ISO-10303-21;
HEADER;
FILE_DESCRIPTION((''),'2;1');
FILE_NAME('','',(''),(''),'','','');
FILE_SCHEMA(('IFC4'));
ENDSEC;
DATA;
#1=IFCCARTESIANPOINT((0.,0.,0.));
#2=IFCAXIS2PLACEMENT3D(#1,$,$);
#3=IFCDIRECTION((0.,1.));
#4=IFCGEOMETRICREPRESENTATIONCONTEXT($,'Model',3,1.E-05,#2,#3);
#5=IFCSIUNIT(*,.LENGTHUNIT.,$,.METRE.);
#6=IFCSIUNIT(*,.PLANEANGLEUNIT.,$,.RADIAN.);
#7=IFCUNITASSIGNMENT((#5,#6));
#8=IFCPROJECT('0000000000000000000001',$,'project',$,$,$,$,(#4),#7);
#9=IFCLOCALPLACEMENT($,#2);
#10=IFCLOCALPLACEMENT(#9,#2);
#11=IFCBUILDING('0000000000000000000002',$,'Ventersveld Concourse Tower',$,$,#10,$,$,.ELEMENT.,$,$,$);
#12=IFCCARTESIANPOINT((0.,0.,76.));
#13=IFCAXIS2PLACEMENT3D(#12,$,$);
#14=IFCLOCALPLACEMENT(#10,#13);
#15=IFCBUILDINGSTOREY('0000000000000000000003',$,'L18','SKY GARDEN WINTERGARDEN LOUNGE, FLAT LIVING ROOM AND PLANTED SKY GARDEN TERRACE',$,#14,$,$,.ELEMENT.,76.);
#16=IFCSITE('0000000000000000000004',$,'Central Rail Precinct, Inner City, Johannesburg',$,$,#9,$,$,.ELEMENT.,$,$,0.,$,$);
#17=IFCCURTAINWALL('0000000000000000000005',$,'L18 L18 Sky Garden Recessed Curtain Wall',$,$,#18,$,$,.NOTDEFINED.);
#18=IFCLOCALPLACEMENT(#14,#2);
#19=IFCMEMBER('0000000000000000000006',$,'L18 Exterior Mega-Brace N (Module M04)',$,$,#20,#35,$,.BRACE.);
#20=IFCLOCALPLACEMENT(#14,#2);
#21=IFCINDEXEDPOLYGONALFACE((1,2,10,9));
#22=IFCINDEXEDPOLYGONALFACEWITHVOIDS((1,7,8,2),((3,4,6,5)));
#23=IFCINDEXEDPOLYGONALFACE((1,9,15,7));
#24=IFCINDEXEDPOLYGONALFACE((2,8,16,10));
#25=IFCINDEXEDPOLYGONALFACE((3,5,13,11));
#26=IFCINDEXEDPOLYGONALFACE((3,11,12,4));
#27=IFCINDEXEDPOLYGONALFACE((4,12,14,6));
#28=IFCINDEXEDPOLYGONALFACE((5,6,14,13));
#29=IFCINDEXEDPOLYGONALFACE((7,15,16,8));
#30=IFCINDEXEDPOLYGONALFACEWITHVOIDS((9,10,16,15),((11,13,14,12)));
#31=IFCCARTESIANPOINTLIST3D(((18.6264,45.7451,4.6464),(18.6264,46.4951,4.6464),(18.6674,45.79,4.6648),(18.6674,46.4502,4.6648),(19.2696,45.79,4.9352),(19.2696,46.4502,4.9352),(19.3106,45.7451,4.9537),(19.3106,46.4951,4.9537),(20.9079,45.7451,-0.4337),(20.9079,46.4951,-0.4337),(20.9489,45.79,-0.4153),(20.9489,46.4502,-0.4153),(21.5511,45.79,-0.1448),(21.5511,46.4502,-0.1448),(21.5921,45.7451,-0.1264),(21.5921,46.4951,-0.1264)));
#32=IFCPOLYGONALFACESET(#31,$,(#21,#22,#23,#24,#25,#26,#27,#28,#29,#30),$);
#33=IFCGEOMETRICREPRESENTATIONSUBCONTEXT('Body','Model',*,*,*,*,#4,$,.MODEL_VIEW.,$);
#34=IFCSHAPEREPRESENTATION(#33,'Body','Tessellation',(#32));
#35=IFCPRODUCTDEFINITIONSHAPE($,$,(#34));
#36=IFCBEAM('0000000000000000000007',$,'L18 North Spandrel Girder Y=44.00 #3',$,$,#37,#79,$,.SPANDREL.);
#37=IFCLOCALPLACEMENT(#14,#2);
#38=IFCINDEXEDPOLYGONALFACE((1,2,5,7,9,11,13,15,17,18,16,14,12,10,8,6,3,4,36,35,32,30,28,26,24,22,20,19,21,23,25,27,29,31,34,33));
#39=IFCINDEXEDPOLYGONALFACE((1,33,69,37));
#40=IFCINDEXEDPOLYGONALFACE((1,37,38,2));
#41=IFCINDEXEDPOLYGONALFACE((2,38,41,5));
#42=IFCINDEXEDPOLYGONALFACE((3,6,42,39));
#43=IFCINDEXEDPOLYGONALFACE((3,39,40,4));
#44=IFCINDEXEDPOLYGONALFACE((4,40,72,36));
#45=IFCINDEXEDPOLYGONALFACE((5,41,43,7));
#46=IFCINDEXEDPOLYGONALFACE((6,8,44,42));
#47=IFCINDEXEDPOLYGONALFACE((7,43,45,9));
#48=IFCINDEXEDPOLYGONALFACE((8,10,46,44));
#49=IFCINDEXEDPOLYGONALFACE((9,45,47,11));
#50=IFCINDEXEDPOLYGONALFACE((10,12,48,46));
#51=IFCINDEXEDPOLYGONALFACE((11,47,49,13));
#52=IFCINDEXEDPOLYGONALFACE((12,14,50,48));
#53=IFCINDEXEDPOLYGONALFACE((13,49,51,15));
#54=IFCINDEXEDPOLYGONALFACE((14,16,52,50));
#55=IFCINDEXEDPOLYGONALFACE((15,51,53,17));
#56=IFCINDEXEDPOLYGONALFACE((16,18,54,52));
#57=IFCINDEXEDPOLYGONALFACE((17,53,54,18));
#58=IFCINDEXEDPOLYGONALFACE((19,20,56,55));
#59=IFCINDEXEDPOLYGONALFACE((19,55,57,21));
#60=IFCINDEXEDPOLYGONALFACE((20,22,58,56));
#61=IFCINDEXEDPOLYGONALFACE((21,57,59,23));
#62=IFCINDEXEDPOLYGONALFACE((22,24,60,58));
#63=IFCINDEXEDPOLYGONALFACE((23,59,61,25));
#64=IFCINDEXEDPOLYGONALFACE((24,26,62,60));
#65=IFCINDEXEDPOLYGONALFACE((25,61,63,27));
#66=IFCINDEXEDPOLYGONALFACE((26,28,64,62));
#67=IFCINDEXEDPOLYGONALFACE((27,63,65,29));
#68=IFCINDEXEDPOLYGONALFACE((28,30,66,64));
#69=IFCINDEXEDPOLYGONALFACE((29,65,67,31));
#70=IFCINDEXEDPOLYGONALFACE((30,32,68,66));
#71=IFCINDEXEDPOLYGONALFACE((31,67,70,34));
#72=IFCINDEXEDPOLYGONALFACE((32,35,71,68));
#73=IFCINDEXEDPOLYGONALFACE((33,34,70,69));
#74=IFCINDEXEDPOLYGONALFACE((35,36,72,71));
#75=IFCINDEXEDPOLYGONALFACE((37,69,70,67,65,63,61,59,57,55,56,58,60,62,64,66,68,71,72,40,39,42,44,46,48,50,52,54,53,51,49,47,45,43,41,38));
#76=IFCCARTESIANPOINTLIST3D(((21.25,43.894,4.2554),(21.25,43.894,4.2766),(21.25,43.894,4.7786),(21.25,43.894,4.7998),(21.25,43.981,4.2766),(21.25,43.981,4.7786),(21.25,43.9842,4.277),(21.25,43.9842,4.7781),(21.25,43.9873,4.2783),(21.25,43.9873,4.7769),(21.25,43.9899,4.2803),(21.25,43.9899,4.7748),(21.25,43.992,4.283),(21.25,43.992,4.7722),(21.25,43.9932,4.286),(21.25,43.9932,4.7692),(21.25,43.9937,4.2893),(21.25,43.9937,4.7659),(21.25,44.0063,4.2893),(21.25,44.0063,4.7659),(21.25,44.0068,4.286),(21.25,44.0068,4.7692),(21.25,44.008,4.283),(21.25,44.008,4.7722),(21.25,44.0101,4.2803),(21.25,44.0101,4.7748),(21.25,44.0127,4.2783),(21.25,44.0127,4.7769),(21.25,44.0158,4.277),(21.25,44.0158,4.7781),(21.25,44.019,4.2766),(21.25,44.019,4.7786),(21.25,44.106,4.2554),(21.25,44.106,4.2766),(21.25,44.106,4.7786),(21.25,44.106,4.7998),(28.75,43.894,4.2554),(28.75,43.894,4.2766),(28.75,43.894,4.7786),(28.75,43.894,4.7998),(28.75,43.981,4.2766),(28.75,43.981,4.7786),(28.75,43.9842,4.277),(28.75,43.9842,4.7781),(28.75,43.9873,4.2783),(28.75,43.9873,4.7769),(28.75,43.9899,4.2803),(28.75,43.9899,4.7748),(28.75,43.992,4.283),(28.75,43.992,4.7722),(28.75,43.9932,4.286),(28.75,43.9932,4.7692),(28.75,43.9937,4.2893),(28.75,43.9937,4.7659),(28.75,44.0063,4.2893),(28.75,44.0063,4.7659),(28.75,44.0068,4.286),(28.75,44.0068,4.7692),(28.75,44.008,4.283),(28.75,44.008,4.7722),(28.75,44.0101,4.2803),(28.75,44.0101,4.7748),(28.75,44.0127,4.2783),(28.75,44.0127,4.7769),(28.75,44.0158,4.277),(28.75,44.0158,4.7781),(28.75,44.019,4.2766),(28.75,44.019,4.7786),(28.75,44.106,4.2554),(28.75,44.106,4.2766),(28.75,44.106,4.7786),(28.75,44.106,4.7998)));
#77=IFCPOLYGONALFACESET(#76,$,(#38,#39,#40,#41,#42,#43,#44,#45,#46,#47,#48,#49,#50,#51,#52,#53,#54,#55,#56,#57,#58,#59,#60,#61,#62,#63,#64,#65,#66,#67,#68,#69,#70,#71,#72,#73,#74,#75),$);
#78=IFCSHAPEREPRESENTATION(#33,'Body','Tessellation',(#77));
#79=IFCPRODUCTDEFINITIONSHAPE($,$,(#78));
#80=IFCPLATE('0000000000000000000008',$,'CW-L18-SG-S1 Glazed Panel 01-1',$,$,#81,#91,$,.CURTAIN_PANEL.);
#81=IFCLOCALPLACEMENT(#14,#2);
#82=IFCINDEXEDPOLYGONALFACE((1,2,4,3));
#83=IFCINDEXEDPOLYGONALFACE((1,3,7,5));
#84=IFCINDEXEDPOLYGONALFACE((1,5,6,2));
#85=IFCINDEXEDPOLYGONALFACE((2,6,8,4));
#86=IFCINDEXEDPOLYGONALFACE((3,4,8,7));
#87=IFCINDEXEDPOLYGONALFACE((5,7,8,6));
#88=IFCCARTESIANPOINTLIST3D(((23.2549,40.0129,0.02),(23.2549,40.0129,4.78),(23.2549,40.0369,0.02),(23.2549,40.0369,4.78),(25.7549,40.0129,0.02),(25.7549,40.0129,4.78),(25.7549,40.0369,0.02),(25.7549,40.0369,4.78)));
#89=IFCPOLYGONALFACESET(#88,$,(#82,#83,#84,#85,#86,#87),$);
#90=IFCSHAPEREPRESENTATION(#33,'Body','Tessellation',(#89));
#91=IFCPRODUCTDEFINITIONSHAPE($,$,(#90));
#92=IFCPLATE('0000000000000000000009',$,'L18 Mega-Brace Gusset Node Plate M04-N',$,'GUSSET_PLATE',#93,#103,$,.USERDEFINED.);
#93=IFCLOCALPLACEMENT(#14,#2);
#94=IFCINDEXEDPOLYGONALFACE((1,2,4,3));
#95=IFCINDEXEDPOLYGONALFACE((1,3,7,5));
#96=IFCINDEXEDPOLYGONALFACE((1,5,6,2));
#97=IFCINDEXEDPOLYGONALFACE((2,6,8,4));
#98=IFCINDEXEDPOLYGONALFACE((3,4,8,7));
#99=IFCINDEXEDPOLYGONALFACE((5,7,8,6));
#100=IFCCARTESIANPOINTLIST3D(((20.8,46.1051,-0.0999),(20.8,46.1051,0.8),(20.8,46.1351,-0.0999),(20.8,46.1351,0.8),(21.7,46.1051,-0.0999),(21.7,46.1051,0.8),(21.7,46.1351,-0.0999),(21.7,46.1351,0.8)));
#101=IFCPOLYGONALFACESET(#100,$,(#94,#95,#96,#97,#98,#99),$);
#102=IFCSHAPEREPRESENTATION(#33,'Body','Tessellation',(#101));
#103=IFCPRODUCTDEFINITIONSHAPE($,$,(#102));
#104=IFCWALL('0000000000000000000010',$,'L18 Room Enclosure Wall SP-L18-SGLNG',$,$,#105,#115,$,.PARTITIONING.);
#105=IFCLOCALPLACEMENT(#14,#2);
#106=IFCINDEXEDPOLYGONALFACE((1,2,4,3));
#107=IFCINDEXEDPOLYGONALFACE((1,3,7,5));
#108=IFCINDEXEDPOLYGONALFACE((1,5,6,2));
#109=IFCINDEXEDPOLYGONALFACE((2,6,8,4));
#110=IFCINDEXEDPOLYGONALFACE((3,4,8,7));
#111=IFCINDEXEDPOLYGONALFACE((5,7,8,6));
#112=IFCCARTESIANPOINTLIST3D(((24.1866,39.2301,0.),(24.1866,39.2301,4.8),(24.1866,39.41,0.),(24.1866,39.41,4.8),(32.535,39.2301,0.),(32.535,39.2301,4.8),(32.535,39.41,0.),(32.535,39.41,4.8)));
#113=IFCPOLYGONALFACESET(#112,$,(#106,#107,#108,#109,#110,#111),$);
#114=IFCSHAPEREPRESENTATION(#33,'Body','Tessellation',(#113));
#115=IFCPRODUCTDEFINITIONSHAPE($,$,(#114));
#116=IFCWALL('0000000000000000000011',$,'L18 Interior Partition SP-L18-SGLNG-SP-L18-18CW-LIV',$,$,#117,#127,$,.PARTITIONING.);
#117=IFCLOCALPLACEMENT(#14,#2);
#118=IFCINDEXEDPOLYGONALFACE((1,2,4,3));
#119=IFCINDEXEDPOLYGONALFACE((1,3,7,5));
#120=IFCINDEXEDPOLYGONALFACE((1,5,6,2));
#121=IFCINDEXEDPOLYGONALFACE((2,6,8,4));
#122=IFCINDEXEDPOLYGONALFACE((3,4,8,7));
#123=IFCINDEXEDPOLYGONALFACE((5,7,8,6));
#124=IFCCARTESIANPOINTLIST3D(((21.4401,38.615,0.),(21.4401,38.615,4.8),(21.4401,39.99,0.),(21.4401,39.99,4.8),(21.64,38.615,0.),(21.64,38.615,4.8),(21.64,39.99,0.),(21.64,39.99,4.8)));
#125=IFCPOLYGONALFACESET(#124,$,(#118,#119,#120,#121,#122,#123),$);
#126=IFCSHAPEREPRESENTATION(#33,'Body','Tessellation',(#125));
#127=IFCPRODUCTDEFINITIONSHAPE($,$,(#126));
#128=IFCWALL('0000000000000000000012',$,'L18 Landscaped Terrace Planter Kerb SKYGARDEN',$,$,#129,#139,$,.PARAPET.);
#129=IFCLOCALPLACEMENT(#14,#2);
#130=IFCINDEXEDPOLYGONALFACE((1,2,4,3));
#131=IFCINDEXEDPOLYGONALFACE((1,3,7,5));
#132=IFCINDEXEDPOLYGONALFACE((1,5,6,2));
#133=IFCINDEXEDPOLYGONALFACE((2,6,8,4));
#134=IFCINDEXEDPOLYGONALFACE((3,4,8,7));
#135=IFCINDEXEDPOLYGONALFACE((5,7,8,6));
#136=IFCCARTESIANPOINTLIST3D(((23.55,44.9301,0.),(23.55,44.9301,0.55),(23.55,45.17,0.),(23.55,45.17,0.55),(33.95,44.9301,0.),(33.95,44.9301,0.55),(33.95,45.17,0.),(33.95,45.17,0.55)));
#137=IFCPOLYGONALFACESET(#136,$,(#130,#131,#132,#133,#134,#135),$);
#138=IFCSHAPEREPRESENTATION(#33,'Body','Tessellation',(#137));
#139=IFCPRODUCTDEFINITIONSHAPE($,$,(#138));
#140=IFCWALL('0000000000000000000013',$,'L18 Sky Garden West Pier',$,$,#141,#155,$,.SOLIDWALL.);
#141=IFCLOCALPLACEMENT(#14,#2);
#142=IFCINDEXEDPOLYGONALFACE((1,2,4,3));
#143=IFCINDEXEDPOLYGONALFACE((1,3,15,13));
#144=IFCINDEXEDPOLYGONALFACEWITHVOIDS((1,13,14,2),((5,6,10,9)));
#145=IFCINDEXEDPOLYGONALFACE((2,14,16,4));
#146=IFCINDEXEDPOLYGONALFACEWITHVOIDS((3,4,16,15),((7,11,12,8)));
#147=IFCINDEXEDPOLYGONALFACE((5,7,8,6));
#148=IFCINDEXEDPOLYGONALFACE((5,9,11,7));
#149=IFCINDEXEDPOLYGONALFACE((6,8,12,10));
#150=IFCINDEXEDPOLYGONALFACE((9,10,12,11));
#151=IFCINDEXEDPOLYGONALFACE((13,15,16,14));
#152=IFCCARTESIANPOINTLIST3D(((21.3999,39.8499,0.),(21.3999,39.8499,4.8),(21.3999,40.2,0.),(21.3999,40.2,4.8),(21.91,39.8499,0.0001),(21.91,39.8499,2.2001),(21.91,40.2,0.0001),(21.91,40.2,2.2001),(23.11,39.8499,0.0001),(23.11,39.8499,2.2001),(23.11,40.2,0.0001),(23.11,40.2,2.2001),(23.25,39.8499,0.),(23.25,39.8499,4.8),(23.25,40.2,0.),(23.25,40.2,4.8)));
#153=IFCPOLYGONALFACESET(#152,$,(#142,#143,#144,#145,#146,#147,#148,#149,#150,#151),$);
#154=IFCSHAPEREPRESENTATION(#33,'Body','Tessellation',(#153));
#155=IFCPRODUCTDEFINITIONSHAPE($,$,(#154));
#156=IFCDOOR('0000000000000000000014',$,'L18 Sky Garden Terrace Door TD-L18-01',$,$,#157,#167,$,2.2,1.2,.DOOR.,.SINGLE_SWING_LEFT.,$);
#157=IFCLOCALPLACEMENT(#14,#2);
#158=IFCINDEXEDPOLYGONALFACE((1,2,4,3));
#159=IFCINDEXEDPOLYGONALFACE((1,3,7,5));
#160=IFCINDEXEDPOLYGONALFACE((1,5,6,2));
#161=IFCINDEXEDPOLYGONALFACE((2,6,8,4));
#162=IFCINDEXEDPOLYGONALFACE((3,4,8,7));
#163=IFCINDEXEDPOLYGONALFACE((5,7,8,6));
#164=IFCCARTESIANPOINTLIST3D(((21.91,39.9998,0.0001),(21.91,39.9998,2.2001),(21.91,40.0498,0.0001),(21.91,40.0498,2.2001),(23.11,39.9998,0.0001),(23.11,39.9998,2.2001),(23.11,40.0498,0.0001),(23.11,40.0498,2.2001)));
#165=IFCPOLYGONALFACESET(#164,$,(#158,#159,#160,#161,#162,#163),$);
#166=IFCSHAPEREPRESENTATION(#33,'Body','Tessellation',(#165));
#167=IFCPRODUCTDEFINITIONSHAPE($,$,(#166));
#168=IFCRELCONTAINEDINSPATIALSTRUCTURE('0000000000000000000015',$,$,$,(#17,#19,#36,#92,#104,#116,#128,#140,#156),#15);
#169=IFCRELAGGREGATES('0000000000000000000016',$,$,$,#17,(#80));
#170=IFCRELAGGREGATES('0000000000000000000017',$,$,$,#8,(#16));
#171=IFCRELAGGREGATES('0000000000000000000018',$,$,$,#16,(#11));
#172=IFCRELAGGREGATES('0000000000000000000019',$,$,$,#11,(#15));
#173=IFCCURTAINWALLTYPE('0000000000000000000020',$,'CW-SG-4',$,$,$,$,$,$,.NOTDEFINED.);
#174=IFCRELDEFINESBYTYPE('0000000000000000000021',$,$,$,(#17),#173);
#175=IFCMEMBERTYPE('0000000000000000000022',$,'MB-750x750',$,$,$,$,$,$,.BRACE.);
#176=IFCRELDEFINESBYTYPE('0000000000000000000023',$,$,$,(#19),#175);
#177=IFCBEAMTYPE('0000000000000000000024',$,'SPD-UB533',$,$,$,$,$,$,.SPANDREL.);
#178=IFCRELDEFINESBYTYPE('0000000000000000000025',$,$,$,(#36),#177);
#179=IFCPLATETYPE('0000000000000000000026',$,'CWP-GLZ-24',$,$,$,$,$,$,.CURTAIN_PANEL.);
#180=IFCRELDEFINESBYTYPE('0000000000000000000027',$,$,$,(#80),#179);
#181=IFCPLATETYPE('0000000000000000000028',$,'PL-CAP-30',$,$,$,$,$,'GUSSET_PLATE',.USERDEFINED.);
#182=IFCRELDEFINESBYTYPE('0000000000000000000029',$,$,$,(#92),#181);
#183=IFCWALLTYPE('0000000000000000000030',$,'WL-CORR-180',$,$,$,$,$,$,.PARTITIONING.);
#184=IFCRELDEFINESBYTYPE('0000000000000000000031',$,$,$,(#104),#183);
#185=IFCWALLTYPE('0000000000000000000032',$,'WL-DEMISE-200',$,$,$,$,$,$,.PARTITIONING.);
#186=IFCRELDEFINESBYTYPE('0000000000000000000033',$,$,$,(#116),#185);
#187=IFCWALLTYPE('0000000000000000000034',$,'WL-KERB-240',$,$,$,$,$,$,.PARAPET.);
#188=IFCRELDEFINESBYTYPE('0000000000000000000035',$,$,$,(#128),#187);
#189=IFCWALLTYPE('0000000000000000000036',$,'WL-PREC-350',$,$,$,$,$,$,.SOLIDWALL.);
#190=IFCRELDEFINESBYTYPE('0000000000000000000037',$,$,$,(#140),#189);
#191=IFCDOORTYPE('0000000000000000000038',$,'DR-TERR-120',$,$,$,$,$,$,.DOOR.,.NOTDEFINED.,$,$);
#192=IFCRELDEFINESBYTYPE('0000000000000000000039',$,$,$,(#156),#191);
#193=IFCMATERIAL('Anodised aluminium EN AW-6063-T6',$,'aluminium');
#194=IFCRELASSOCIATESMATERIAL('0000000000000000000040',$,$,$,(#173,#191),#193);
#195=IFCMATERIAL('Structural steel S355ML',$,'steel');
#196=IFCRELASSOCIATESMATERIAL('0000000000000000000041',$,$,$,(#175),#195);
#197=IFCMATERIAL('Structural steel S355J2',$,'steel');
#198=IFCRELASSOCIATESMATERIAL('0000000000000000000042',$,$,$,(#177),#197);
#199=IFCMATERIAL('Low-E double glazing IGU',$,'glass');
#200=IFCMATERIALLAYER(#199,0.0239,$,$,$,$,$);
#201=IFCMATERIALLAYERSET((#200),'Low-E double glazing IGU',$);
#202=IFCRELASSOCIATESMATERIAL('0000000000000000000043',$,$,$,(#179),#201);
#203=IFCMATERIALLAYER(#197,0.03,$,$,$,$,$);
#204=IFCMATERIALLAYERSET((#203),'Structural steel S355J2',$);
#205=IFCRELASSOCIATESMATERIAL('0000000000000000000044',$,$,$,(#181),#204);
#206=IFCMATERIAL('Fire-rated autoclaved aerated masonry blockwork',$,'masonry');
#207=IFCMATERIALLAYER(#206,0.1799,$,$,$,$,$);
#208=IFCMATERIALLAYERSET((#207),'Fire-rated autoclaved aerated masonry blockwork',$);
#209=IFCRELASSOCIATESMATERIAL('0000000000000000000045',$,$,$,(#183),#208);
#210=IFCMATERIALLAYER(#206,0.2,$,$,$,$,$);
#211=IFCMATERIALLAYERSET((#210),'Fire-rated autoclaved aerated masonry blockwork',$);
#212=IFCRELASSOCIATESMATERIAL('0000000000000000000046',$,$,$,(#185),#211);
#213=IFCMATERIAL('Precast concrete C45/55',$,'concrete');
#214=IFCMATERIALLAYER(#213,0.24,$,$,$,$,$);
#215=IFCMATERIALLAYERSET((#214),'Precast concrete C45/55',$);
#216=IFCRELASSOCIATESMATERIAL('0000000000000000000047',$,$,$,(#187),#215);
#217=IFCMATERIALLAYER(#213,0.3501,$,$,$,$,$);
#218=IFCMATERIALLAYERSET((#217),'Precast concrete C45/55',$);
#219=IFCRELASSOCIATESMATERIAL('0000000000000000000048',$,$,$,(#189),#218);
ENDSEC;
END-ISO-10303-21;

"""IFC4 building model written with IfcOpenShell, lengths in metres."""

from ifc_helpers import new_model, si_unit, direction, frame, frame_2d, origin, origin_2d, place, context, subcontext, project, spatial, rectangle, hollow_rectangle, i_section, extrude, material, layer, layer_set, material_profile, profile_set, type_object, element, fill, aggregate, save


model = new_model("IFC4")

# Units and contexts
model_context = context("Model", 3, precision=1e-05, world=origin(), true_north=direction((0.0, 1.0)))
body_context = subcontext(model_context, "Body", "Model", "MODEL_VIEW")
ifc_project = project(units=[si_unit("LENGTHUNIT", "METRE"), si_unit("PLANEANGLEUNIT", "RADIAN")], contexts=[model_context])

# Site, building, storey
site_placement = place(None, origin())
site = spatial("IfcSite", under=ifc_project, at=site_placement, Name="Central Rail Precinct, Inner City, Johannesburg", CompositionType="ELEMENT", RefElevation=0.0)
building_placement = place(site_placement, origin())
building = spatial("IfcBuilding", under=site, at=building_placement, Name="Ventersveld Concourse Tower", CompositionType="ELEMENT")
storey_placement = place(building_placement, frame((0.0, 0.0, 76.0)))
storey = spatial("IfcBuildingStorey", under=building, at=storey_placement, Name="L18", Description="SKY GARDEN WINTERGARDEN LOUNGE, FLAT LIVING ROOM AND PLANTED SKY GARDEN TERRACE", CompositionType="ELEMENT", Elevation=76.0)

# Curtain wall
ifc_material_1 = material(Name="Anodised aluminium EN AW-6063-T6", Category="aluminium")
curtain_wall_type = type_object("IfcCurtainWallType", Name="CW-SG-4", PredefinedType="NOTDEFINED", material=ifc_material_1)
curtain_wall_placement = place(storey_placement, origin())
curtain_wall = element("IfcCurtainWall", 1, at=curtain_wall_placement, inside=storey, type_object=curtain_wall_type, Name="L18 L18 Sky Garden Recessed Curtain Wall", PredefinedType="NOTDEFINED")

# Shared definitions
ifc_material_2 = material(Name="Structural steel S355J2", Category="steel")

# Member
ifc_material_3 = material(Name="Structural steel S355ML", Category="steel")
ifc_material_profile_1 = material_profile(ifc_material_3, hollow_rectangle(XDim=0.75, YDim=0.75, WallThickness=0.0449, at=origin_2d()), Name="BOX 750x750x45")
ifc_profile_set_1 = profile_set([ifc_material_profile_1], Name="Structural steel S355ML")
member_type_1 = type_object("IfcMemberType", Name="MB-750x750", PredefinedType="BRACE", material=ifc_profile_set_1)
member_1_placement = place(storey_placement, frame((21.25, 46.1201, -0.28), z_axis=(-0.409686, 0.0, 0.912226), x_axis=(0.0, -1.0, 0.0)))
element("IfcMember", 2, at=member_1_placement, inside=storey, type_object=member_type_1, Name="L18 Exterior Mega-Brace N (Module M04)", PredefinedType="BRACE", context=body_context, shape_type="SweptSolid", body=[
    extrude(hollow_rectangle(XDim=0.75, YDim=0.75, WallThickness=0.0449, at=origin_2d()), origin(), (0.0, 0.0, 1.0), 5.5688),
])

# Beam
ifc_material_profile_2 = material_profile(ifc_material_2, i_section(OverallWidth=0.2119, OverallDepth=0.5444, WebThickness=0.0127, FlangeThickness=0.0212, FilletRadius=0.0127, at=origin_2d()), Name="UB 533x210x122")
ifc_profile_set_2 = profile_set([ifc_material_profile_2], Name="Structural steel S355J2")
beam_type_1 = type_object("IfcBeamType", Name="SPD-UB533", PredefinedType="SPANDREL", material=ifc_profile_set_2)
beam_1_placement = place(storey_placement, frame((21.25, 44.0, 4.5276), z_axis=(1.0, 0.0, 0.0), x_axis=(0.0, 1.0, 0.0)))
element("IfcBeam", 3, at=beam_1_placement, inside=storey, type_object=beam_type_1, Name="L18 North Spandrel Girder Y=44.00 #3", PredefinedType="SPANDREL", context=body_context, shape_type="SweptSolid", body=[
    extrude(i_section(OverallWidth=0.2119, OverallDepth=0.5444, WebThickness=0.0127, FlangeThickness=0.0212, FilletRadius=0.0127, at=origin_2d()), origin(), (0.0, 0.0, 1.0), 7.5),
])

# Plates
ifc_material_4 = material(Name="Low-E double glazing IGU", Category="glass")
ifc_layer_1 = layer(ifc_material_4, 0.0239)
ifc_layer_set_1 = layer_set([ifc_layer_1], Name="Low-E double glazing IGU")
plate_type_1 = type_object("IfcPlateType", Name="CWP-GLZ-24", PredefinedType="CURTAIN_PANEL", material=ifc_layer_set_1)
plate_1_placement = place(storey_placement, frame((24.5049, 40.0249, 0.02), z_axis=(0.0, 0.0, 1.0), x_axis=(1.0, 0.0, 0.0)))
plate_1 = element("IfcPlate", 4, at=plate_1_placement, type_object=plate_type_1, Name="CW-L18-SG-S1 Glazed Panel 01-1", PredefinedType="CURTAIN_PANEL", context=body_context, shape_type="SweptSolid", body=[
    extrude(rectangle(XDim=2.5, YDim=0.0239, at=origin_2d()), origin(), (0.0, 0.0, 1.0), 4.76),
])
aggregate(curtain_wall, [plate_1])
ifc_layer_2 = layer(ifc_material_2, 0.03)
ifc_layer_set_2 = layer_set([ifc_layer_2], Name="Structural steel S355J2")
plate_type_2 = type_object("IfcPlateType", Name="PL-CAP-30", ElementType="GUSSET_PLATE", PredefinedType="USERDEFINED", material=ifc_layer_set_2)
plate_2_placement = place(storey_placement, frame((21.25, 46.1201, -0.0999), z_axis=(0.0, 0.0, 1.0), x_axis=(1.0, 0.0, 0.0)))
element("IfcPlate", 5, at=plate_2_placement, inside=storey, type_object=plate_type_2, Name="L18 Mega-Brace Gusset Node Plate M04-N", ObjectType="GUSSET_PLATE", PredefinedType="USERDEFINED", context=body_context, shape_type="SweptSolid", body=[
    extrude(rectangle(XDim=0.8999, YDim=0.03, at=origin_2d()), origin(), (0.0, 0.0, 1.0), 0.8999),
])

# Walls
ifc_material_5 = material(Name="Fire-rated autoclaved aerated masonry blockwork", Category="masonry")
ifc_layer_3 = layer(ifc_material_5, 0.1799)
ifc_layer_set_3 = layer_set([ifc_layer_3], Name="Fire-rated autoclaved aerated masonry blockwork")
wall_type_1 = type_object("IfcWallType", Name="WL-CORR-180", PredefinedType="PARTITIONING", material=ifc_layer_set_3)
wall_1_placement = place(storey_placement, frame((24.1865, 39.3201, 0.0), z_axis=(0.0, 0.0, 1.0), x_axis=(1.0, 0.0, 0.0)))
element("IfcWall", 6, at=wall_1_placement, inside=storey, type_object=wall_type_1, Name="L18 Room Enclosure Wall SP-L18-SGLNG", PredefinedType="PARTITIONING", context=body_context, shape_type="SweptSolid", body=[
    extrude(rectangle(XDim=8.3484, YDim=0.1799, at=frame_2d((4.1743, 0.0))), origin(), (0.0, 0.0, 1.0), 4.8),
])
ifc_layer_4 = layer(ifc_material_5, 0.2)
ifc_layer_set_4 = layer_set([ifc_layer_4], Name="Fire-rated autoclaved aerated masonry blockwork")
wall_type_2 = type_object("IfcWallType", Name="WL-DEMISE-200", PredefinedType="PARTITIONING", material=ifc_layer_set_4)
wall_2_placement = place(storey_placement, frame((21.54, 38.615, 0.0), z_axis=(0.0, 0.0, 1.0), x_axis=(0.0, 1.0, 0.0)))
element("IfcWall", 7, at=wall_2_placement, inside=storey, type_object=wall_type_2, Name="L18 Interior Partition SP-L18-SGLNG-SP-L18-18CW-LIV", PredefinedType="PARTITIONING", context=body_context, shape_type="SweptSolid", body=[
    extrude(rectangle(XDim=1.375, YDim=0.2, at=frame_2d((0.6875, 0.0))), origin(), (0.0, 0.0, 1.0), 4.8),
])
ifc_material_6 = material(Name="Precast concrete C45/55", Category="concrete")
ifc_layer_5 = layer(ifc_material_6, 0.24)
ifc_layer_set_5 = layer_set([ifc_layer_5], Name="Precast concrete C45/55")
wall_type_3 = type_object("IfcWallType", Name="WL-KERB-240", PredefinedType="PARAPET", material=ifc_layer_set_5)
wall_3_placement = place(storey_placement, frame((23.55, 45.05, 0.0), z_axis=(0.0, 0.0, 1.0), x_axis=(1.0, 0.0, 0.0)))
element("IfcWall", 8, at=wall_3_placement, inside=storey, type_object=wall_type_3, Name="L18 Landscaped Terrace Planter Kerb SKYGARDEN", PredefinedType="PARAPET", context=body_context, shape_type="SweptSolid", body=[
    extrude(rectangle(XDim=10.3999, YDim=0.24, at=frame_2d((5.2, 0.0))), origin(), (0.0, 0.0, 1.0), 0.55),
])

# Wall, opening, door
ifc_layer_6 = layer(ifc_material_6, 0.3501)
ifc_layer_set_6 = layer_set([ifc_layer_6], Name="Precast concrete C45/55")
wall_type_4 = type_object("IfcWallType", Name="WL-PREC-350", PredefinedType="SOLIDWALL", material=ifc_layer_set_6)
wall_4_placement = place(storey_placement, frame((21.3999, 40.0249, 0.0), z_axis=(0.0, 0.0, 1.0), x_axis=(1.0, 0.0, 0.0)))
wall_4 = element("IfcWall", 9, at=wall_4_placement, inside=storey, type_object=wall_type_4, Name="L18 Sky Garden West Pier", PredefinedType="SOLIDWALL", context=body_context, shape_type="SweptSolid", body=[
    extrude(rectangle(XDim=1.8501, YDim=0.3501, at=frame_2d((0.925, 0.0))), origin(), (0.0, 0.0, 1.0), 4.8),
])
opening_1_placement = place(wall_4_placement, frame((0.51, 0.0, 0.0)))
opening_1 = element("IfcOpeningElement", 10, at=opening_1_placement, cuts=wall_4, PredefinedType="OPENING", context=body_context, shape_type="SweptSolid", body=[
    extrude(rectangle(XDim=1.2, YDim=2.2, at=frame_2d((0.6001, 1.1001))), frame((0.0, 0.1851, 0.0), z_axis=(0.0, -1.0, 0.0), x_axis=(1.0, 0.0, 0.0)), (0.0, 0.0, 1.0), 0.3701),
])
door_type = type_object("IfcDoorType", Name="DR-TERR-120", OperationType="NOTDEFINED", PredefinedType="DOOR", material=ifc_material_1)
door_placement = place(opening_1_placement, origin())
door = element("IfcDoor", 11, at=door_placement, inside=storey, type_object=door_type, Name="L18 Sky Garden Terrace Door TD-L18-01", OperationType="SINGLE_SWING_LEFT", OverallHeight=2.2, OverallWidth=1.2, PredefinedType="DOOR", context=body_context, shape_type="SweptSolid", body=[
    extrude(rectangle(XDim=1.2, YDim=2.2, at=frame_2d((0.6001, 1.1001))), frame((0.0, 0.0249, 0.0), z_axis=(0.0, -1.0, 0.0), x_axis=(1.0, 0.0, 0.0)), (0.0, 0.0, 1.0), 0.05),
])
fill(opening_1, door)

save(model, "model.ifc")
